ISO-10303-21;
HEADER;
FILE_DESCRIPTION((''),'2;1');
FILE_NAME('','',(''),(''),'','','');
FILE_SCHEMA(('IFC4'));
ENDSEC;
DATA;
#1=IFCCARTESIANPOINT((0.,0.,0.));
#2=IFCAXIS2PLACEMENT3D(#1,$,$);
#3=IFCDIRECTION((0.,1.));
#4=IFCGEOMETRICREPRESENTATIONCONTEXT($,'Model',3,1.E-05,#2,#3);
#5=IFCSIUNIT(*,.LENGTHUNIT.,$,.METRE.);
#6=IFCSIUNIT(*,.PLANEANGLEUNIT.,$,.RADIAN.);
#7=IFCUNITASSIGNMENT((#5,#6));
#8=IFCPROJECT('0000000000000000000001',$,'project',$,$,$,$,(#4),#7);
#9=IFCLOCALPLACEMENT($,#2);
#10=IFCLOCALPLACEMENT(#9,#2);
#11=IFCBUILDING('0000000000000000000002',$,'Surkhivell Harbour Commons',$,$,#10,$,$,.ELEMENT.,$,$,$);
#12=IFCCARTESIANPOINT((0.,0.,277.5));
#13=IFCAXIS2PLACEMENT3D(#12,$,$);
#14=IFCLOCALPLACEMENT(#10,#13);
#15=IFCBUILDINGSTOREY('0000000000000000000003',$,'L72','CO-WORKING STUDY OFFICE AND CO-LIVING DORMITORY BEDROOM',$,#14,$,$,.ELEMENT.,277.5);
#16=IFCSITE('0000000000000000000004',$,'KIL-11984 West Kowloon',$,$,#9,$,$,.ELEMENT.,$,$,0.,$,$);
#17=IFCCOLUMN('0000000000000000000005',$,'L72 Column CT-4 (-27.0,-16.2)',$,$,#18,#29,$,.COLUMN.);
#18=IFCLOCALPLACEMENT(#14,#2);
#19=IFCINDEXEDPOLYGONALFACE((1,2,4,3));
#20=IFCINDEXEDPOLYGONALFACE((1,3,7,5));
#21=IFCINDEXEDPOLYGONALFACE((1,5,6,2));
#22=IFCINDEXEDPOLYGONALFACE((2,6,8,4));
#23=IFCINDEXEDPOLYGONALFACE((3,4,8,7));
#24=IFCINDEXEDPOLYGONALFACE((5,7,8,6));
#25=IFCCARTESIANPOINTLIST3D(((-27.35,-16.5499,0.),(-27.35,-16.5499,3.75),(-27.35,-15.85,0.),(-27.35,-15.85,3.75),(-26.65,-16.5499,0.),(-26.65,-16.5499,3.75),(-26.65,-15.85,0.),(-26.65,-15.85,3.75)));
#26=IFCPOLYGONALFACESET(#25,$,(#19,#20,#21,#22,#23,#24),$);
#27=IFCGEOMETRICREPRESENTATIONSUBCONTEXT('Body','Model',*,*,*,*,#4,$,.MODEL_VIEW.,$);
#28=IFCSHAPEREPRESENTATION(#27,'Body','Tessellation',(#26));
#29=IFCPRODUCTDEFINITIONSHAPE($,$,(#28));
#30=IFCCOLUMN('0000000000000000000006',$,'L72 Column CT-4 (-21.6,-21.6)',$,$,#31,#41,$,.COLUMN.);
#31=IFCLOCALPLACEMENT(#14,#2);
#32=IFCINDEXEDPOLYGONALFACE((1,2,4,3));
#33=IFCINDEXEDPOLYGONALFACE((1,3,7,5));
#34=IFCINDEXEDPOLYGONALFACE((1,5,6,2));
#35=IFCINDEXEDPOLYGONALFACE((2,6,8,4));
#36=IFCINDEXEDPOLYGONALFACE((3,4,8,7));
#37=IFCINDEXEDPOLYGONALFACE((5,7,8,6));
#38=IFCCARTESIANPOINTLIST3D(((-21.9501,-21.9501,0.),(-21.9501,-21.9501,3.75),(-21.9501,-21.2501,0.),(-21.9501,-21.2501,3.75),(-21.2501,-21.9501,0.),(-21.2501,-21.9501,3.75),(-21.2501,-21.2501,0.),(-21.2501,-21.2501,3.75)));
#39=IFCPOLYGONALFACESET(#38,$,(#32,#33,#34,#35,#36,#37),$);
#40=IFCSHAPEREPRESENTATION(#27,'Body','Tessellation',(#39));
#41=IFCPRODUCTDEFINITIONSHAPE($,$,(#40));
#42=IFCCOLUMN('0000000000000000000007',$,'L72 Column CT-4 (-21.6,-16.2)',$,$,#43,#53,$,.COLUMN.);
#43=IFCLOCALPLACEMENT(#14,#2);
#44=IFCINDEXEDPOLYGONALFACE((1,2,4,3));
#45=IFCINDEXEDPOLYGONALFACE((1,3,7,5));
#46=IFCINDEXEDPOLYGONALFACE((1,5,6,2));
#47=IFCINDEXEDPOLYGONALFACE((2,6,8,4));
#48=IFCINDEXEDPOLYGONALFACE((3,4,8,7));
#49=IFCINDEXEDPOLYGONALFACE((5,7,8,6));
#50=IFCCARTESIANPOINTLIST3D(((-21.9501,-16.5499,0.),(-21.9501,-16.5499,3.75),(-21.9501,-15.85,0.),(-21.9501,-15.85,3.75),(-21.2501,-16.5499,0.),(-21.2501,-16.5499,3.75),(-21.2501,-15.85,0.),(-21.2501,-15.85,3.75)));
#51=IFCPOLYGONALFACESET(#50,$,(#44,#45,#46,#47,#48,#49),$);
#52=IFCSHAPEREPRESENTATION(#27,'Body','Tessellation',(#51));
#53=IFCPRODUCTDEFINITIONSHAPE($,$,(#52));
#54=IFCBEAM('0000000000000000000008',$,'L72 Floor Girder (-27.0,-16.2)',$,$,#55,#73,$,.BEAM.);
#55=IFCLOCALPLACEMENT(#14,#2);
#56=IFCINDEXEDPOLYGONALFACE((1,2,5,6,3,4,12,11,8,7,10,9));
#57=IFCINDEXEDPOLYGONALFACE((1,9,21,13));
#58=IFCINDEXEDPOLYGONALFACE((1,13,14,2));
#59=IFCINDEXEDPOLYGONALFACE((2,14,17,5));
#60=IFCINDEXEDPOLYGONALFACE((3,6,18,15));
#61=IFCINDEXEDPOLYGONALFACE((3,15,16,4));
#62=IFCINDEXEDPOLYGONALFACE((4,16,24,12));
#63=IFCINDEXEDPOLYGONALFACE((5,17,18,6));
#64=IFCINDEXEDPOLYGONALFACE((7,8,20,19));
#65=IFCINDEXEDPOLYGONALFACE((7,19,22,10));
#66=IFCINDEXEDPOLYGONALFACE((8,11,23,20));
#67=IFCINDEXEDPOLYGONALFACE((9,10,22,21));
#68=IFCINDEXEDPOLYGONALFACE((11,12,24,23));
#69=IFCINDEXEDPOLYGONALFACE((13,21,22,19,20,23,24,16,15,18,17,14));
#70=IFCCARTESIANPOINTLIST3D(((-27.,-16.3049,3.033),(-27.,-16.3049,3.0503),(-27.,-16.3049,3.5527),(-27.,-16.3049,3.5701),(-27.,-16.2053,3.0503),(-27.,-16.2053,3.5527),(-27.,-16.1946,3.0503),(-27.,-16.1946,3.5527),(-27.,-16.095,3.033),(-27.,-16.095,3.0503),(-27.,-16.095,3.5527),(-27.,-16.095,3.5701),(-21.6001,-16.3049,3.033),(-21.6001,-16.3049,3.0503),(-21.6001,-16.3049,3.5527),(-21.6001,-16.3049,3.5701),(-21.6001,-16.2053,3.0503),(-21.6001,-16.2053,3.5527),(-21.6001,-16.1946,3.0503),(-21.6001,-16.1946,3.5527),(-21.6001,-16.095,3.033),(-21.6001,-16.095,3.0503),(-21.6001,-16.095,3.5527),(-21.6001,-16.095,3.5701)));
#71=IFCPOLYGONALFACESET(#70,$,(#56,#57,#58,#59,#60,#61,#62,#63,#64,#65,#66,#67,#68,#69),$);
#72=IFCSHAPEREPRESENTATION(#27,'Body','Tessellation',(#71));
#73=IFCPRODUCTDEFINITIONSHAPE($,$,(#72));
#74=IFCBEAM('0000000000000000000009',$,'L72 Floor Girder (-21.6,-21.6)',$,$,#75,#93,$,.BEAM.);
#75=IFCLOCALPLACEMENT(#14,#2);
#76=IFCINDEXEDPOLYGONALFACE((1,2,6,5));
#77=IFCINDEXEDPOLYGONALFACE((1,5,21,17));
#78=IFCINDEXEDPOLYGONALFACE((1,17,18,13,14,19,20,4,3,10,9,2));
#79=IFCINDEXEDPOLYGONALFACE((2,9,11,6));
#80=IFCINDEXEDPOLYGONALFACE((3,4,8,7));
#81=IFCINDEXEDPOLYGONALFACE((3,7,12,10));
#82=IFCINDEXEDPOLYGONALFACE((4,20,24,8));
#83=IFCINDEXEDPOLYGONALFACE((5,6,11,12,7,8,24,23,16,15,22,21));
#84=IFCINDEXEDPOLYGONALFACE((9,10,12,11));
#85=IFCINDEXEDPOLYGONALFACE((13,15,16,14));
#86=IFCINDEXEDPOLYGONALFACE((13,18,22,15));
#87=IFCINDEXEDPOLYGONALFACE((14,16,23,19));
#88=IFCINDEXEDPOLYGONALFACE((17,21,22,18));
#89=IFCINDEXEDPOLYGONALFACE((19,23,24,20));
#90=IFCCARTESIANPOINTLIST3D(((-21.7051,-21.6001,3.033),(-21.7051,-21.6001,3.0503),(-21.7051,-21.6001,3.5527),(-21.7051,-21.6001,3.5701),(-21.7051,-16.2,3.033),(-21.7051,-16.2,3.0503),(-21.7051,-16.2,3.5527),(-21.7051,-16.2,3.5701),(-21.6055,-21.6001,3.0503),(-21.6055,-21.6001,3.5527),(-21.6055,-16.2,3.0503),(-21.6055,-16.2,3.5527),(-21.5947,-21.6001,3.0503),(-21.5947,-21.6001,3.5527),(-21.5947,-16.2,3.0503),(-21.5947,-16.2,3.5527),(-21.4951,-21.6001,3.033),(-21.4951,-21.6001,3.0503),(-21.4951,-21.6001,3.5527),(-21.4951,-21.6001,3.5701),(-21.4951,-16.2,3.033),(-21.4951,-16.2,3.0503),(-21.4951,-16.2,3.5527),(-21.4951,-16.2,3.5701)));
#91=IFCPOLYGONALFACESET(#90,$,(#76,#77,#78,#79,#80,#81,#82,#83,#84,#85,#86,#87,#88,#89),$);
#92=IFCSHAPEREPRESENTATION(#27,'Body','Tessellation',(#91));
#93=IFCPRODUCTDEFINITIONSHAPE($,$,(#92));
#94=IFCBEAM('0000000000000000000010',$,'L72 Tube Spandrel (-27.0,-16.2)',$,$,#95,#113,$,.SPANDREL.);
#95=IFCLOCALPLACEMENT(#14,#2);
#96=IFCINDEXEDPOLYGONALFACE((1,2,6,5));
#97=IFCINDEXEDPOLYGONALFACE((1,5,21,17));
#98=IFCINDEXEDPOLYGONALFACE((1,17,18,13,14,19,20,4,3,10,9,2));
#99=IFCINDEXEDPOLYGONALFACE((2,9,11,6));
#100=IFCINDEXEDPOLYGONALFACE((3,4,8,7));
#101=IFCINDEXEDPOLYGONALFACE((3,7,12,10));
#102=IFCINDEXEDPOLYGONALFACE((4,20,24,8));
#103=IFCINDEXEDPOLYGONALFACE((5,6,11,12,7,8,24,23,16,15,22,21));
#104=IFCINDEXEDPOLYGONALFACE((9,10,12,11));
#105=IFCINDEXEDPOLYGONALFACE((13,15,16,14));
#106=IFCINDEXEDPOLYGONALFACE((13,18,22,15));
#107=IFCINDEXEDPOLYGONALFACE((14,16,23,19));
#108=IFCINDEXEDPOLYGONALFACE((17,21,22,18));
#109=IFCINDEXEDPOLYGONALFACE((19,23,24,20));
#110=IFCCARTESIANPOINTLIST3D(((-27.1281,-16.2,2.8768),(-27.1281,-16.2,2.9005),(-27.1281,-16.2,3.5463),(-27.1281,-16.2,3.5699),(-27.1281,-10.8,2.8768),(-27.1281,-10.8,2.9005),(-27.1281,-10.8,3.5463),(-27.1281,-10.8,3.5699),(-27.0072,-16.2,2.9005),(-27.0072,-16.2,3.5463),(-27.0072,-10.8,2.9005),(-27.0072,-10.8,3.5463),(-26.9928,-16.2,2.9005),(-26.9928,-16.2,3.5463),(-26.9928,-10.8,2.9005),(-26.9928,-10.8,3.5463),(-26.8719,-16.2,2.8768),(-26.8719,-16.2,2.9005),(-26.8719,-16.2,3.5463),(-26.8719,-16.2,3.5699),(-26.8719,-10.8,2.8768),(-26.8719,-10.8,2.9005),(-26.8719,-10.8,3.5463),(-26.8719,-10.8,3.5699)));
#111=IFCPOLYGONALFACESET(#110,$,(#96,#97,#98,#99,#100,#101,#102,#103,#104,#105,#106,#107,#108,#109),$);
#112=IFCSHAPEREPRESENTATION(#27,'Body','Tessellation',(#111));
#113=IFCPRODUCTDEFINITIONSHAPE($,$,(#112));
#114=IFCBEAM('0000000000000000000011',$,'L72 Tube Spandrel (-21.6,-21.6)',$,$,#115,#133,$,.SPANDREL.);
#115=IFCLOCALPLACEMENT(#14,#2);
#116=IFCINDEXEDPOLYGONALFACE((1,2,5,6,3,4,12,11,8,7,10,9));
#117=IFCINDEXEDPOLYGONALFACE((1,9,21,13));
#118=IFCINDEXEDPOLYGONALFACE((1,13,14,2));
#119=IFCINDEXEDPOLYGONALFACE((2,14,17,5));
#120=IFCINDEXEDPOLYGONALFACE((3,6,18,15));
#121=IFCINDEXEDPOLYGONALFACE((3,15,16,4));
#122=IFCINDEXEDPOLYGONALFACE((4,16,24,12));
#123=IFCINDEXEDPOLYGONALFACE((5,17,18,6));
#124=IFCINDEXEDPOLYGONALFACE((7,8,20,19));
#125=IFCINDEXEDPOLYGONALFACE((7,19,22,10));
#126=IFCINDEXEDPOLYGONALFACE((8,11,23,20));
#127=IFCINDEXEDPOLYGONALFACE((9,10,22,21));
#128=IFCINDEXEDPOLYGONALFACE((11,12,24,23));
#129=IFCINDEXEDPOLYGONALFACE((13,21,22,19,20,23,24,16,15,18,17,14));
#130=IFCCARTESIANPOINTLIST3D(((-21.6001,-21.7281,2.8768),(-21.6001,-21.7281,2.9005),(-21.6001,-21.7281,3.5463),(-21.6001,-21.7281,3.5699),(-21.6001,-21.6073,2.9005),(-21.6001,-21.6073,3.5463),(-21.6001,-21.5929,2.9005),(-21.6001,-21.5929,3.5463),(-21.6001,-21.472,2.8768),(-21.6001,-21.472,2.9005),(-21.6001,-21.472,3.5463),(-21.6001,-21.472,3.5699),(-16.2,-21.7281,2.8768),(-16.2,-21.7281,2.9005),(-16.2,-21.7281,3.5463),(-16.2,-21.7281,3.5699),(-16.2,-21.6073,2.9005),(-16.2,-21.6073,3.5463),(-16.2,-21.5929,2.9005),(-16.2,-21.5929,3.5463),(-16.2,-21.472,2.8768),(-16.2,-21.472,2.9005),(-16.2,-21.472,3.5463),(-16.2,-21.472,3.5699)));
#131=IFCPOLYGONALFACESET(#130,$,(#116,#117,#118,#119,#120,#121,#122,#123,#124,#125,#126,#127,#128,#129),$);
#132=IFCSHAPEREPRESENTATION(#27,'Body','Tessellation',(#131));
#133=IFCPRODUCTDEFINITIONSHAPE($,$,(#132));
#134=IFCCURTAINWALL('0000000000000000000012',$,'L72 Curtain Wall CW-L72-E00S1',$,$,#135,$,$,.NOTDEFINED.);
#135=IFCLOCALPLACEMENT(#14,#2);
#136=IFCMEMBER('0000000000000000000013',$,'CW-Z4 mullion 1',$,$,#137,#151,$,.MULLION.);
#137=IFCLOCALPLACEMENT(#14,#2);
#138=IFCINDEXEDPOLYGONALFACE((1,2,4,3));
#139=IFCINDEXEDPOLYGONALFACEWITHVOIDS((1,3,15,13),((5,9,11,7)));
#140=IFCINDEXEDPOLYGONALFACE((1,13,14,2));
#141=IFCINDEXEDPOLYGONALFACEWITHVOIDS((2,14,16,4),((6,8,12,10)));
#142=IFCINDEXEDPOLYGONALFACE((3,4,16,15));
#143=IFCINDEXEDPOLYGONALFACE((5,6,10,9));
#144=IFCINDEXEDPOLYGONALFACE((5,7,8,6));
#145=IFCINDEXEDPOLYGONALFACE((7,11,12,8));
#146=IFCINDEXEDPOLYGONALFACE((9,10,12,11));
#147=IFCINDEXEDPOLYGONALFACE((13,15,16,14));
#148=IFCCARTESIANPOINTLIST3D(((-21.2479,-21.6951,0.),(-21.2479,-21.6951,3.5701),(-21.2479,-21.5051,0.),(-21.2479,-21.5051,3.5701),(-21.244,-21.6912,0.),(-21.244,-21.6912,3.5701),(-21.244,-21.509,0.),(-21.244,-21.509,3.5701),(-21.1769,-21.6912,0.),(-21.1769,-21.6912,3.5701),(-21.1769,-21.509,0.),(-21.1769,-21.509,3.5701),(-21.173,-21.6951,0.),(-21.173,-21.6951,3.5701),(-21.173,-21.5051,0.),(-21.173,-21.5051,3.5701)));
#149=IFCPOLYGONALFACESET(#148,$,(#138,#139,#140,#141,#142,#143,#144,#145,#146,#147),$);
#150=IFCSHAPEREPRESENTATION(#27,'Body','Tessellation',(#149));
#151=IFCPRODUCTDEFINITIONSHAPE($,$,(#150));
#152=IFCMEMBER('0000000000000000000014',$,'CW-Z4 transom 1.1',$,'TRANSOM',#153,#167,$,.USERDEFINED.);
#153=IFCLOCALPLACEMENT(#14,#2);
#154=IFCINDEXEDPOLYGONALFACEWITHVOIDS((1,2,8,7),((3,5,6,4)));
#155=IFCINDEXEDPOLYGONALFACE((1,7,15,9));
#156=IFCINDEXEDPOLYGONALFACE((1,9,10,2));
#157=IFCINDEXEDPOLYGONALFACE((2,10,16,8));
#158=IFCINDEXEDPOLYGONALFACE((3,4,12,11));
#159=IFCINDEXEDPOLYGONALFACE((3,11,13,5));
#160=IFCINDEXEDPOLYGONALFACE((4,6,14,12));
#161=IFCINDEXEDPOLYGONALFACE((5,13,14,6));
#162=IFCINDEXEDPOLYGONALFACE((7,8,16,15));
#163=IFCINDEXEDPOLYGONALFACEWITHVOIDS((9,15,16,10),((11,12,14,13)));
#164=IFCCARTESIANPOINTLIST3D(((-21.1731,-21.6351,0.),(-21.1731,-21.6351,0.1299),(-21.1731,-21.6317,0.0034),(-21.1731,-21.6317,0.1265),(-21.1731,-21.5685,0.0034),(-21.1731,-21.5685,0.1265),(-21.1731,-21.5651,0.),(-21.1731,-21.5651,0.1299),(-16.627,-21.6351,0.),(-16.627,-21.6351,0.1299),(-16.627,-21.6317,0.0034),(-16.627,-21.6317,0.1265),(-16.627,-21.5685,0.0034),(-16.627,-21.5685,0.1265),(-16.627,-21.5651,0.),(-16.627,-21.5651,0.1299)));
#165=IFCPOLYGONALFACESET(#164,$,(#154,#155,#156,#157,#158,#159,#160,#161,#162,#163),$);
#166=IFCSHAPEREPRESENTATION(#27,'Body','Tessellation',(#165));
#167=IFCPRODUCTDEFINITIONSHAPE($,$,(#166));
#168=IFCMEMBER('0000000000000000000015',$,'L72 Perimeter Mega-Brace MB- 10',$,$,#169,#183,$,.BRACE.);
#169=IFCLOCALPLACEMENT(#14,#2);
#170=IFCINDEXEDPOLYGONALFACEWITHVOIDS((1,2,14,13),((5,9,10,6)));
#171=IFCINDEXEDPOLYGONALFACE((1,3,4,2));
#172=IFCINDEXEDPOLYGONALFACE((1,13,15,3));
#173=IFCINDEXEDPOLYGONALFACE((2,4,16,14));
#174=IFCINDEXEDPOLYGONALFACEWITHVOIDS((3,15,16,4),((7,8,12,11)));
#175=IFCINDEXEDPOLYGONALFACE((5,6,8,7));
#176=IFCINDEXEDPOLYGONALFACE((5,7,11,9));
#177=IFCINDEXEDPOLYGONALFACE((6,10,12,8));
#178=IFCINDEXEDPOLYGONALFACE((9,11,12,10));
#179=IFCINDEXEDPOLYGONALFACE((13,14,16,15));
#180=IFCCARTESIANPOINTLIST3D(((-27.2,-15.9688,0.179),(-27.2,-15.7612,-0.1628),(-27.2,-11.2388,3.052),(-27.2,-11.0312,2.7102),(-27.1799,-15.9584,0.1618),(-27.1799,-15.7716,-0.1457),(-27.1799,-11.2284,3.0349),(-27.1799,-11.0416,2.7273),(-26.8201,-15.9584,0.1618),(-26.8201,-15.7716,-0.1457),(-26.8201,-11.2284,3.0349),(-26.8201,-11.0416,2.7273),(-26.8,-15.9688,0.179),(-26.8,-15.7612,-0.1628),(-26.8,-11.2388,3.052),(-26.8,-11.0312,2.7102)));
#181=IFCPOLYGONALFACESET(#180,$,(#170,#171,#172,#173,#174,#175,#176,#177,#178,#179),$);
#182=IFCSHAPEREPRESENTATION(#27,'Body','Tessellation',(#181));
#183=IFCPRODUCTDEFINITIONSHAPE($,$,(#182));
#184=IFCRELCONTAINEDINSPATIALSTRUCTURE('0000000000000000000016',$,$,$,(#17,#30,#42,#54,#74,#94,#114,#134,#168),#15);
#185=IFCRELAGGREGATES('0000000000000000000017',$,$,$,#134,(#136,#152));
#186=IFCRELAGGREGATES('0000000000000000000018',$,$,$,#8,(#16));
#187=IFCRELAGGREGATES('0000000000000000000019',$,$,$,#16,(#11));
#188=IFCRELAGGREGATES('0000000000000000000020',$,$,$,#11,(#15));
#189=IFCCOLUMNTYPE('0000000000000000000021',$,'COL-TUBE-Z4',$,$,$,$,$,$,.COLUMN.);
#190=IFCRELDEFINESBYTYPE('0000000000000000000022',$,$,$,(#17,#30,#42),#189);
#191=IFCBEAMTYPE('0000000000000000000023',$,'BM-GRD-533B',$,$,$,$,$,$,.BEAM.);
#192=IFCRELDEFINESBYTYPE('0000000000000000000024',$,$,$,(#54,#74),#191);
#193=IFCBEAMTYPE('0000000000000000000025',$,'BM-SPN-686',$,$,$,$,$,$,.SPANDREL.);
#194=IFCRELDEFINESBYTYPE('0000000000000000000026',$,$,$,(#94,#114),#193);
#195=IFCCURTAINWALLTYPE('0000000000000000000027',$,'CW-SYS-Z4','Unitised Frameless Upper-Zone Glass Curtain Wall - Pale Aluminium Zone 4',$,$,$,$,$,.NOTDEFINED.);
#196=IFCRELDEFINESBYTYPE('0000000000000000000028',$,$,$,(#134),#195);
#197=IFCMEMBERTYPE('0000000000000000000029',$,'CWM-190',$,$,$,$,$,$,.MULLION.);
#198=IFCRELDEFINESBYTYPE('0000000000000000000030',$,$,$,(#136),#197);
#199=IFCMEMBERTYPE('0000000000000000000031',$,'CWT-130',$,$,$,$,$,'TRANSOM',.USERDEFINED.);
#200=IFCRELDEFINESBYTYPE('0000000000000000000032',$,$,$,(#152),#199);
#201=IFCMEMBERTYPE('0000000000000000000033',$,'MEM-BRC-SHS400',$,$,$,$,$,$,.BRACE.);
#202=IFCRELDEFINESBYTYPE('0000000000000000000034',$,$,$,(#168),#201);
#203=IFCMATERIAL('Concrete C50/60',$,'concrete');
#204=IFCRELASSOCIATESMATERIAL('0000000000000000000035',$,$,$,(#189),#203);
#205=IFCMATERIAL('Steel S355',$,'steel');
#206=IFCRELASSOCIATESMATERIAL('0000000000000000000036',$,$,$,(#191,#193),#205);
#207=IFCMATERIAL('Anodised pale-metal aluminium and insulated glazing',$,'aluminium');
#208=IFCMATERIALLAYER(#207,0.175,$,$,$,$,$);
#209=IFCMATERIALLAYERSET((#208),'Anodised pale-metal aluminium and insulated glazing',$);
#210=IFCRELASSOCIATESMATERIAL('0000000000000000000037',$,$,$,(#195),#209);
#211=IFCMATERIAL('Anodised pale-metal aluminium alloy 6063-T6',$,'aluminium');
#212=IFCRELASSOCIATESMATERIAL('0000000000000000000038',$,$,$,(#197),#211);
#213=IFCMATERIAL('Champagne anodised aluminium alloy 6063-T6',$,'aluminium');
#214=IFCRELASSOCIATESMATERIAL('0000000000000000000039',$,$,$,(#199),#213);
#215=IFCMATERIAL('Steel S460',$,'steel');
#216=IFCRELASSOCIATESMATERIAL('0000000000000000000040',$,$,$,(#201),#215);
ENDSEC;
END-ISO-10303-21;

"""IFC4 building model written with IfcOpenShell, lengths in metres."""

from ifc_helpers import new_model, si_unit, direction, frame, origin, origin_2d, place, context, subcontext, project, spatial, rectangle, hollow_rectangle, i_section, extrude, material, layer, layer_set, material_profile, profile_set, type_object, element, aggregate, save


model = new_model("IFC4")

# Units and contexts
model_context = context("Model", 3, precision=1e-05, world=origin(), true_north=direction((0.0, 1.0)))
body_context = subcontext(model_context, "Body", "Model", "MODEL_VIEW")
ifc_project = project(units=[si_unit("LENGTHUNIT", "METRE"), si_unit("PLANEANGLEUNIT", "RADIAN")], contexts=[model_context])

# Site, building, storey
site_placement = place(None, origin())
site = spatial("IfcSite", under=ifc_project, at=site_placement, Name="KIL-11984 West Kowloon", CompositionType="ELEMENT", RefElevation=0.0)
building_placement = place(site_placement, origin())
building = spatial("IfcBuilding", under=site, at=building_placement, Name="Surkhivell Harbour Commons", CompositionType="ELEMENT")
storey_placement = place(building_placement, frame((0.0, 0.0, 277.5)))
storey = spatial("IfcBuildingStorey", under=building, at=storey_placement, Name="L72", Description="CO-WORKING STUDY OFFICE AND CO-LIVING DORMITORY BEDROOM", CompositionType="ELEMENT", Elevation=277.5)

# Columns
ifc_material_1 = material(Name="Concrete C50/60", Category="concrete")
ifc_material_profile_1 = material_profile(ifc_material_1, rectangle(XDim=0.7, YDim=0.7, at=origin_2d()), Name="RC-COL-700x700")
ifc_profile_set_1 = profile_set([ifc_material_profile_1], Name="Concrete C50/60")
column_type = type_object("IfcColumnType", Name="COL-TUBE-Z4", PredefinedType="COLUMN", material=ifc_profile_set_1)
for number, where, z_axis, x_axis, name in (
    (1, (-27.0, -16.2, 0.0), (0.0, 0.0, 1.0), (1.0, 0.0, 0.0), "L72 Column CT-4 (-27.0,-16.2)"),
    (2, (-21.6001, -21.6001, 0.0), (0.0, 0.0, 1.0), (1.0, 0.0, 0.0), "L72 Column CT-4 (-21.6,-21.6)"),
    (3, (-21.6001, -16.2, 0.0), (0.0, 0.0, 1.0), (1.0, 0.0, 0.0), "L72 Column CT-4 (-21.6,-16.2)"),
):
    element("IfcColumn", number, at=place(storey_placement, frame(where, z_axis=z_axis, x_axis=x_axis)), inside=storey, type_object=column_type, Name=name, PredefinedType="COLUMN", context=body_context, shape_type="SweptSolid", body=[
        extrude(rectangle(XDim=0.7, YDim=0.7, at=origin_2d()), origin(), (0.0, 0.0, 1.0), 3.75),
    ])

# Beams
ifc_material_2 = material(Name="Steel S355", Category="steel")
ifc_material_profile_2 = material_profile(ifc_material_2, i_section(OverallWidth=0.21, OverallDepth=0.5371, WebThickness=0.0107, FlangeThickness=0.0173, at=origin_2d()), Name="UB533x210x101")
ifc_profile_set_2 = profile_set([ifc_material_profile_2], Name="Steel S355")
beam_type_1 = type_object("IfcBeamType", Name="BM-GRD-533B", PredefinedType="BEAM", material=ifc_profile_set_2)
beam_1_placement = place(storey_placement, frame((-27.0, -16.2, 3.3015), z_axis=(1.0, 0.0, 0.0), x_axis=(0.0, 1.0, 0.0)))
element("IfcBeam", 4, at=beam_1_placement, inside=storey, type_object=beam_type_1, Name="L72 Floor Girder (-27.0,-16.2)", PredefinedType="BEAM", context=body_context, shape_type="SweptSolid", body=[
    extrude(i_section(OverallWidth=0.21, OverallDepth=0.5371, WebThickness=0.0107, FlangeThickness=0.0173, at=origin_2d()), origin(), (0.0, 0.0, 1.0), 5.3999),
])
beam_2_placement = place(storey_placement, frame((-21.6001, -21.6001, 3.3015), z_axis=(0.0, 1.0, 0.0), x_axis=(-1.0, 0.0, 0.0)))
element("IfcBeam", 5, at=beam_2_placement, inside=storey, type_object=beam_type_1, Name="L72 Floor Girder (-21.6,-21.6)", PredefinedType="BEAM", context=body_context, shape_type="SweptSolid", body=[
    extrude(i_section(OverallWidth=0.21, OverallDepth=0.5371, WebThickness=0.0107, FlangeThickness=0.0173, at=origin_2d()), origin(), (0.0, 0.0, 1.0), 5.4001),
])
ifc_material_profile_3 = material_profile(ifc_material_2, i_section(OverallWidth=0.2561, OverallDepth=0.6931, WebThickness=0.0144, FlangeThickness=0.0237, at=origin_2d()), Name="UB686x254x170")
ifc_profile_set_3 = profile_set([ifc_material_profile_3], Name="Steel S355")
beam_type_2 = type_object("IfcBeamType", Name="BM-SPN-686", PredefinedType="SPANDREL", material=ifc_profile_set_3)
beam_3_placement = place(storey_placement, frame((-27.0, -16.2, 3.2234), z_axis=(0.0, 1.0, 0.0), x_axis=(-1.0, 0.0, 0.0)))
element("IfcBeam", 6, at=beam_3_placement, inside=storey, type_object=beam_type_2, Name="L72 Tube Spandrel (-27.0,-16.2)", PredefinedType="SPANDREL", context=body_context, shape_type="SweptSolid", body=[
    extrude(i_section(OverallWidth=0.2561, OverallDepth=0.6931, WebThickness=0.0144, FlangeThickness=0.0237, at=origin_2d()), origin(), (0.0, 0.0, 1.0), 5.3999),
])
beam_4_placement = place(storey_placement, frame((-21.6001, -21.6001, 3.2234), z_axis=(1.0, 0.0, 0.0), x_axis=(0.0, 1.0, 0.0)))
element("IfcBeam", 7, at=beam_4_placement, inside=storey, type_object=beam_type_2, Name="L72 Tube Spandrel (-21.6,-21.6)", PredefinedType="SPANDREL", context=body_context, shape_type="SweptSolid", body=[
    extrude(i_section(OverallWidth=0.2561, OverallDepth=0.6931, WebThickness=0.0144, FlangeThickness=0.0237, at=origin_2d()), origin(), (0.0, 0.0, 1.0), 5.4001),
])

# Curtain wall, members
ifc_material_3 = material(Name="Anodised pale-metal aluminium and insulated glazing", Category="aluminium")
ifc_layer_1 = layer(ifc_material_3, 0.175)
ifc_layer_set_1 = layer_set([ifc_layer_1], Name="Anodised pale-metal aluminium and insulated glazing")
curtain_wall_type = type_object("IfcCurtainWallType", Name="CW-SYS-Z4", Description="Unitised Frameless Upper-Zone Glass Curtain Wall - Pale Aluminium Zone 4", PredefinedType="NOTDEFINED", material=ifc_layer_set_1)
curtain_wall_placement = place(storey_placement, origin())
curtain_wall = element("IfcCurtainWall", 8, at=curtain_wall_placement, inside=storey, type_object=curtain_wall_type, Name="L72 Curtain Wall CW-L72-E00S1", PredefinedType="NOTDEFINED")
ifc_material_4 = material(Name="Anodised pale-metal aluminium alloy 6063-T6", Category="aluminium")
ifc_material_profile_4 = material_profile(ifc_material_4, hollow_rectangle(XDim=0.075, YDim=0.1899, WallThickness=0.0039, at=origin_2d()), Name="ALU-MULL-75x190")
ifc_profile_set_4 = profile_set([ifc_material_profile_4], Name="Anodised pale-metal aluminium alloy 6063-T6")
member_type_1 = type_object("IfcMemberType", Name="CWM-190", PredefinedType="MULLION", material=ifc_profile_set_4)
member_1_placement = place(storey_placement, frame((-21.2104, -21.6001, 0.0), z_axis=(0.0, 0.0, 1.0), x_axis=(1.0, 0.0, 0.0)))
member_1 = element("IfcMember", 9, at=member_1_placement, type_object=member_type_1, Name="CW-Z4 mullion 1", PredefinedType="MULLION", context=body_context, shape_type="SweptSolid", body=[
    extrude(hollow_rectangle(XDim=0.075, YDim=0.1899, WallThickness=0.0039, at=origin_2d()), origin(), (0.0, 0.0, 1.0), 3.5701),
])
ifc_material_5 = material(Name="Champagne anodised aluminium alloy 6063-T6", Category="aluminium")
ifc_material_profile_5 = material_profile(ifc_material_5, hollow_rectangle(XDim=0.0701, YDim=0.1299, WallThickness=0.0034, at=origin_2d()), Name="ALU-TRAN-70x130")
ifc_profile_set_5 = profile_set([ifc_material_profile_5], Name="Champagne anodised aluminium alloy 6063-T6")
member_type_2 = type_object("IfcMemberType", Name="CWT-130", ElementType="TRANSOM", PredefinedType="USERDEFINED", material=ifc_profile_set_5)
member_2_placement = place(storey_placement, frame((-21.1731, -21.6001, 0.0649), z_axis=(1.0, 0.0, 0.0), x_axis=(0.0, 1.0, 0.0)))
member_2 = element("IfcMember", 10, at=member_2_placement, type_object=member_type_2, Name="CW-Z4 transom 1.1", ObjectType="TRANSOM", PredefinedType="USERDEFINED", context=body_context, shape_type="SweptSolid", body=[
    extrude(hollow_rectangle(XDim=0.0701, YDim=0.1299, WallThickness=0.0034, at=origin_2d()), origin(), (0.0, 0.0, 1.0), 4.5461),
])

# Member
ifc_material_6 = material(Name="Steel S460", Category="steel")
ifc_material_profile_6 = material_profile(ifc_material_6, hollow_rectangle(XDim=0.3999, YDim=0.3999, WallThickness=0.02, at=origin_2d()), Name="SHS400x400x20")
ifc_profile_set_6 = profile_set([ifc_material_profile_6], Name="Steel S460")
member_type_3 = type_object("IfcMemberType", Name="MEM-BRC-SHS400", PredefinedType="BRACE", material=ifc_profile_set_6)
member_3_placement = place(storey_placement, frame((-27.0, -15.865, 0.0081), z_axis=(0.0, 0.854685, 0.519146), x_axis=(-1.0, 0.0, 0.0)))
element("IfcMember", 11, at=member_3_placement, inside=storey, type_object=member_type_3, Name="L72 Perimeter Mega-Brace MB- 10", PredefinedType="BRACE", context=body_context, shape_type="SweptSolid", body=[
    extrude(hollow_rectangle(XDim=0.3999, YDim=0.3999, WallThickness=0.02, at=origin_2d()), origin(), (0.0, 0.0, 1.0), 5.5342),
])

aggregate(curtain_wall, [member_1, member_2])

save(model, "model.ifc")
